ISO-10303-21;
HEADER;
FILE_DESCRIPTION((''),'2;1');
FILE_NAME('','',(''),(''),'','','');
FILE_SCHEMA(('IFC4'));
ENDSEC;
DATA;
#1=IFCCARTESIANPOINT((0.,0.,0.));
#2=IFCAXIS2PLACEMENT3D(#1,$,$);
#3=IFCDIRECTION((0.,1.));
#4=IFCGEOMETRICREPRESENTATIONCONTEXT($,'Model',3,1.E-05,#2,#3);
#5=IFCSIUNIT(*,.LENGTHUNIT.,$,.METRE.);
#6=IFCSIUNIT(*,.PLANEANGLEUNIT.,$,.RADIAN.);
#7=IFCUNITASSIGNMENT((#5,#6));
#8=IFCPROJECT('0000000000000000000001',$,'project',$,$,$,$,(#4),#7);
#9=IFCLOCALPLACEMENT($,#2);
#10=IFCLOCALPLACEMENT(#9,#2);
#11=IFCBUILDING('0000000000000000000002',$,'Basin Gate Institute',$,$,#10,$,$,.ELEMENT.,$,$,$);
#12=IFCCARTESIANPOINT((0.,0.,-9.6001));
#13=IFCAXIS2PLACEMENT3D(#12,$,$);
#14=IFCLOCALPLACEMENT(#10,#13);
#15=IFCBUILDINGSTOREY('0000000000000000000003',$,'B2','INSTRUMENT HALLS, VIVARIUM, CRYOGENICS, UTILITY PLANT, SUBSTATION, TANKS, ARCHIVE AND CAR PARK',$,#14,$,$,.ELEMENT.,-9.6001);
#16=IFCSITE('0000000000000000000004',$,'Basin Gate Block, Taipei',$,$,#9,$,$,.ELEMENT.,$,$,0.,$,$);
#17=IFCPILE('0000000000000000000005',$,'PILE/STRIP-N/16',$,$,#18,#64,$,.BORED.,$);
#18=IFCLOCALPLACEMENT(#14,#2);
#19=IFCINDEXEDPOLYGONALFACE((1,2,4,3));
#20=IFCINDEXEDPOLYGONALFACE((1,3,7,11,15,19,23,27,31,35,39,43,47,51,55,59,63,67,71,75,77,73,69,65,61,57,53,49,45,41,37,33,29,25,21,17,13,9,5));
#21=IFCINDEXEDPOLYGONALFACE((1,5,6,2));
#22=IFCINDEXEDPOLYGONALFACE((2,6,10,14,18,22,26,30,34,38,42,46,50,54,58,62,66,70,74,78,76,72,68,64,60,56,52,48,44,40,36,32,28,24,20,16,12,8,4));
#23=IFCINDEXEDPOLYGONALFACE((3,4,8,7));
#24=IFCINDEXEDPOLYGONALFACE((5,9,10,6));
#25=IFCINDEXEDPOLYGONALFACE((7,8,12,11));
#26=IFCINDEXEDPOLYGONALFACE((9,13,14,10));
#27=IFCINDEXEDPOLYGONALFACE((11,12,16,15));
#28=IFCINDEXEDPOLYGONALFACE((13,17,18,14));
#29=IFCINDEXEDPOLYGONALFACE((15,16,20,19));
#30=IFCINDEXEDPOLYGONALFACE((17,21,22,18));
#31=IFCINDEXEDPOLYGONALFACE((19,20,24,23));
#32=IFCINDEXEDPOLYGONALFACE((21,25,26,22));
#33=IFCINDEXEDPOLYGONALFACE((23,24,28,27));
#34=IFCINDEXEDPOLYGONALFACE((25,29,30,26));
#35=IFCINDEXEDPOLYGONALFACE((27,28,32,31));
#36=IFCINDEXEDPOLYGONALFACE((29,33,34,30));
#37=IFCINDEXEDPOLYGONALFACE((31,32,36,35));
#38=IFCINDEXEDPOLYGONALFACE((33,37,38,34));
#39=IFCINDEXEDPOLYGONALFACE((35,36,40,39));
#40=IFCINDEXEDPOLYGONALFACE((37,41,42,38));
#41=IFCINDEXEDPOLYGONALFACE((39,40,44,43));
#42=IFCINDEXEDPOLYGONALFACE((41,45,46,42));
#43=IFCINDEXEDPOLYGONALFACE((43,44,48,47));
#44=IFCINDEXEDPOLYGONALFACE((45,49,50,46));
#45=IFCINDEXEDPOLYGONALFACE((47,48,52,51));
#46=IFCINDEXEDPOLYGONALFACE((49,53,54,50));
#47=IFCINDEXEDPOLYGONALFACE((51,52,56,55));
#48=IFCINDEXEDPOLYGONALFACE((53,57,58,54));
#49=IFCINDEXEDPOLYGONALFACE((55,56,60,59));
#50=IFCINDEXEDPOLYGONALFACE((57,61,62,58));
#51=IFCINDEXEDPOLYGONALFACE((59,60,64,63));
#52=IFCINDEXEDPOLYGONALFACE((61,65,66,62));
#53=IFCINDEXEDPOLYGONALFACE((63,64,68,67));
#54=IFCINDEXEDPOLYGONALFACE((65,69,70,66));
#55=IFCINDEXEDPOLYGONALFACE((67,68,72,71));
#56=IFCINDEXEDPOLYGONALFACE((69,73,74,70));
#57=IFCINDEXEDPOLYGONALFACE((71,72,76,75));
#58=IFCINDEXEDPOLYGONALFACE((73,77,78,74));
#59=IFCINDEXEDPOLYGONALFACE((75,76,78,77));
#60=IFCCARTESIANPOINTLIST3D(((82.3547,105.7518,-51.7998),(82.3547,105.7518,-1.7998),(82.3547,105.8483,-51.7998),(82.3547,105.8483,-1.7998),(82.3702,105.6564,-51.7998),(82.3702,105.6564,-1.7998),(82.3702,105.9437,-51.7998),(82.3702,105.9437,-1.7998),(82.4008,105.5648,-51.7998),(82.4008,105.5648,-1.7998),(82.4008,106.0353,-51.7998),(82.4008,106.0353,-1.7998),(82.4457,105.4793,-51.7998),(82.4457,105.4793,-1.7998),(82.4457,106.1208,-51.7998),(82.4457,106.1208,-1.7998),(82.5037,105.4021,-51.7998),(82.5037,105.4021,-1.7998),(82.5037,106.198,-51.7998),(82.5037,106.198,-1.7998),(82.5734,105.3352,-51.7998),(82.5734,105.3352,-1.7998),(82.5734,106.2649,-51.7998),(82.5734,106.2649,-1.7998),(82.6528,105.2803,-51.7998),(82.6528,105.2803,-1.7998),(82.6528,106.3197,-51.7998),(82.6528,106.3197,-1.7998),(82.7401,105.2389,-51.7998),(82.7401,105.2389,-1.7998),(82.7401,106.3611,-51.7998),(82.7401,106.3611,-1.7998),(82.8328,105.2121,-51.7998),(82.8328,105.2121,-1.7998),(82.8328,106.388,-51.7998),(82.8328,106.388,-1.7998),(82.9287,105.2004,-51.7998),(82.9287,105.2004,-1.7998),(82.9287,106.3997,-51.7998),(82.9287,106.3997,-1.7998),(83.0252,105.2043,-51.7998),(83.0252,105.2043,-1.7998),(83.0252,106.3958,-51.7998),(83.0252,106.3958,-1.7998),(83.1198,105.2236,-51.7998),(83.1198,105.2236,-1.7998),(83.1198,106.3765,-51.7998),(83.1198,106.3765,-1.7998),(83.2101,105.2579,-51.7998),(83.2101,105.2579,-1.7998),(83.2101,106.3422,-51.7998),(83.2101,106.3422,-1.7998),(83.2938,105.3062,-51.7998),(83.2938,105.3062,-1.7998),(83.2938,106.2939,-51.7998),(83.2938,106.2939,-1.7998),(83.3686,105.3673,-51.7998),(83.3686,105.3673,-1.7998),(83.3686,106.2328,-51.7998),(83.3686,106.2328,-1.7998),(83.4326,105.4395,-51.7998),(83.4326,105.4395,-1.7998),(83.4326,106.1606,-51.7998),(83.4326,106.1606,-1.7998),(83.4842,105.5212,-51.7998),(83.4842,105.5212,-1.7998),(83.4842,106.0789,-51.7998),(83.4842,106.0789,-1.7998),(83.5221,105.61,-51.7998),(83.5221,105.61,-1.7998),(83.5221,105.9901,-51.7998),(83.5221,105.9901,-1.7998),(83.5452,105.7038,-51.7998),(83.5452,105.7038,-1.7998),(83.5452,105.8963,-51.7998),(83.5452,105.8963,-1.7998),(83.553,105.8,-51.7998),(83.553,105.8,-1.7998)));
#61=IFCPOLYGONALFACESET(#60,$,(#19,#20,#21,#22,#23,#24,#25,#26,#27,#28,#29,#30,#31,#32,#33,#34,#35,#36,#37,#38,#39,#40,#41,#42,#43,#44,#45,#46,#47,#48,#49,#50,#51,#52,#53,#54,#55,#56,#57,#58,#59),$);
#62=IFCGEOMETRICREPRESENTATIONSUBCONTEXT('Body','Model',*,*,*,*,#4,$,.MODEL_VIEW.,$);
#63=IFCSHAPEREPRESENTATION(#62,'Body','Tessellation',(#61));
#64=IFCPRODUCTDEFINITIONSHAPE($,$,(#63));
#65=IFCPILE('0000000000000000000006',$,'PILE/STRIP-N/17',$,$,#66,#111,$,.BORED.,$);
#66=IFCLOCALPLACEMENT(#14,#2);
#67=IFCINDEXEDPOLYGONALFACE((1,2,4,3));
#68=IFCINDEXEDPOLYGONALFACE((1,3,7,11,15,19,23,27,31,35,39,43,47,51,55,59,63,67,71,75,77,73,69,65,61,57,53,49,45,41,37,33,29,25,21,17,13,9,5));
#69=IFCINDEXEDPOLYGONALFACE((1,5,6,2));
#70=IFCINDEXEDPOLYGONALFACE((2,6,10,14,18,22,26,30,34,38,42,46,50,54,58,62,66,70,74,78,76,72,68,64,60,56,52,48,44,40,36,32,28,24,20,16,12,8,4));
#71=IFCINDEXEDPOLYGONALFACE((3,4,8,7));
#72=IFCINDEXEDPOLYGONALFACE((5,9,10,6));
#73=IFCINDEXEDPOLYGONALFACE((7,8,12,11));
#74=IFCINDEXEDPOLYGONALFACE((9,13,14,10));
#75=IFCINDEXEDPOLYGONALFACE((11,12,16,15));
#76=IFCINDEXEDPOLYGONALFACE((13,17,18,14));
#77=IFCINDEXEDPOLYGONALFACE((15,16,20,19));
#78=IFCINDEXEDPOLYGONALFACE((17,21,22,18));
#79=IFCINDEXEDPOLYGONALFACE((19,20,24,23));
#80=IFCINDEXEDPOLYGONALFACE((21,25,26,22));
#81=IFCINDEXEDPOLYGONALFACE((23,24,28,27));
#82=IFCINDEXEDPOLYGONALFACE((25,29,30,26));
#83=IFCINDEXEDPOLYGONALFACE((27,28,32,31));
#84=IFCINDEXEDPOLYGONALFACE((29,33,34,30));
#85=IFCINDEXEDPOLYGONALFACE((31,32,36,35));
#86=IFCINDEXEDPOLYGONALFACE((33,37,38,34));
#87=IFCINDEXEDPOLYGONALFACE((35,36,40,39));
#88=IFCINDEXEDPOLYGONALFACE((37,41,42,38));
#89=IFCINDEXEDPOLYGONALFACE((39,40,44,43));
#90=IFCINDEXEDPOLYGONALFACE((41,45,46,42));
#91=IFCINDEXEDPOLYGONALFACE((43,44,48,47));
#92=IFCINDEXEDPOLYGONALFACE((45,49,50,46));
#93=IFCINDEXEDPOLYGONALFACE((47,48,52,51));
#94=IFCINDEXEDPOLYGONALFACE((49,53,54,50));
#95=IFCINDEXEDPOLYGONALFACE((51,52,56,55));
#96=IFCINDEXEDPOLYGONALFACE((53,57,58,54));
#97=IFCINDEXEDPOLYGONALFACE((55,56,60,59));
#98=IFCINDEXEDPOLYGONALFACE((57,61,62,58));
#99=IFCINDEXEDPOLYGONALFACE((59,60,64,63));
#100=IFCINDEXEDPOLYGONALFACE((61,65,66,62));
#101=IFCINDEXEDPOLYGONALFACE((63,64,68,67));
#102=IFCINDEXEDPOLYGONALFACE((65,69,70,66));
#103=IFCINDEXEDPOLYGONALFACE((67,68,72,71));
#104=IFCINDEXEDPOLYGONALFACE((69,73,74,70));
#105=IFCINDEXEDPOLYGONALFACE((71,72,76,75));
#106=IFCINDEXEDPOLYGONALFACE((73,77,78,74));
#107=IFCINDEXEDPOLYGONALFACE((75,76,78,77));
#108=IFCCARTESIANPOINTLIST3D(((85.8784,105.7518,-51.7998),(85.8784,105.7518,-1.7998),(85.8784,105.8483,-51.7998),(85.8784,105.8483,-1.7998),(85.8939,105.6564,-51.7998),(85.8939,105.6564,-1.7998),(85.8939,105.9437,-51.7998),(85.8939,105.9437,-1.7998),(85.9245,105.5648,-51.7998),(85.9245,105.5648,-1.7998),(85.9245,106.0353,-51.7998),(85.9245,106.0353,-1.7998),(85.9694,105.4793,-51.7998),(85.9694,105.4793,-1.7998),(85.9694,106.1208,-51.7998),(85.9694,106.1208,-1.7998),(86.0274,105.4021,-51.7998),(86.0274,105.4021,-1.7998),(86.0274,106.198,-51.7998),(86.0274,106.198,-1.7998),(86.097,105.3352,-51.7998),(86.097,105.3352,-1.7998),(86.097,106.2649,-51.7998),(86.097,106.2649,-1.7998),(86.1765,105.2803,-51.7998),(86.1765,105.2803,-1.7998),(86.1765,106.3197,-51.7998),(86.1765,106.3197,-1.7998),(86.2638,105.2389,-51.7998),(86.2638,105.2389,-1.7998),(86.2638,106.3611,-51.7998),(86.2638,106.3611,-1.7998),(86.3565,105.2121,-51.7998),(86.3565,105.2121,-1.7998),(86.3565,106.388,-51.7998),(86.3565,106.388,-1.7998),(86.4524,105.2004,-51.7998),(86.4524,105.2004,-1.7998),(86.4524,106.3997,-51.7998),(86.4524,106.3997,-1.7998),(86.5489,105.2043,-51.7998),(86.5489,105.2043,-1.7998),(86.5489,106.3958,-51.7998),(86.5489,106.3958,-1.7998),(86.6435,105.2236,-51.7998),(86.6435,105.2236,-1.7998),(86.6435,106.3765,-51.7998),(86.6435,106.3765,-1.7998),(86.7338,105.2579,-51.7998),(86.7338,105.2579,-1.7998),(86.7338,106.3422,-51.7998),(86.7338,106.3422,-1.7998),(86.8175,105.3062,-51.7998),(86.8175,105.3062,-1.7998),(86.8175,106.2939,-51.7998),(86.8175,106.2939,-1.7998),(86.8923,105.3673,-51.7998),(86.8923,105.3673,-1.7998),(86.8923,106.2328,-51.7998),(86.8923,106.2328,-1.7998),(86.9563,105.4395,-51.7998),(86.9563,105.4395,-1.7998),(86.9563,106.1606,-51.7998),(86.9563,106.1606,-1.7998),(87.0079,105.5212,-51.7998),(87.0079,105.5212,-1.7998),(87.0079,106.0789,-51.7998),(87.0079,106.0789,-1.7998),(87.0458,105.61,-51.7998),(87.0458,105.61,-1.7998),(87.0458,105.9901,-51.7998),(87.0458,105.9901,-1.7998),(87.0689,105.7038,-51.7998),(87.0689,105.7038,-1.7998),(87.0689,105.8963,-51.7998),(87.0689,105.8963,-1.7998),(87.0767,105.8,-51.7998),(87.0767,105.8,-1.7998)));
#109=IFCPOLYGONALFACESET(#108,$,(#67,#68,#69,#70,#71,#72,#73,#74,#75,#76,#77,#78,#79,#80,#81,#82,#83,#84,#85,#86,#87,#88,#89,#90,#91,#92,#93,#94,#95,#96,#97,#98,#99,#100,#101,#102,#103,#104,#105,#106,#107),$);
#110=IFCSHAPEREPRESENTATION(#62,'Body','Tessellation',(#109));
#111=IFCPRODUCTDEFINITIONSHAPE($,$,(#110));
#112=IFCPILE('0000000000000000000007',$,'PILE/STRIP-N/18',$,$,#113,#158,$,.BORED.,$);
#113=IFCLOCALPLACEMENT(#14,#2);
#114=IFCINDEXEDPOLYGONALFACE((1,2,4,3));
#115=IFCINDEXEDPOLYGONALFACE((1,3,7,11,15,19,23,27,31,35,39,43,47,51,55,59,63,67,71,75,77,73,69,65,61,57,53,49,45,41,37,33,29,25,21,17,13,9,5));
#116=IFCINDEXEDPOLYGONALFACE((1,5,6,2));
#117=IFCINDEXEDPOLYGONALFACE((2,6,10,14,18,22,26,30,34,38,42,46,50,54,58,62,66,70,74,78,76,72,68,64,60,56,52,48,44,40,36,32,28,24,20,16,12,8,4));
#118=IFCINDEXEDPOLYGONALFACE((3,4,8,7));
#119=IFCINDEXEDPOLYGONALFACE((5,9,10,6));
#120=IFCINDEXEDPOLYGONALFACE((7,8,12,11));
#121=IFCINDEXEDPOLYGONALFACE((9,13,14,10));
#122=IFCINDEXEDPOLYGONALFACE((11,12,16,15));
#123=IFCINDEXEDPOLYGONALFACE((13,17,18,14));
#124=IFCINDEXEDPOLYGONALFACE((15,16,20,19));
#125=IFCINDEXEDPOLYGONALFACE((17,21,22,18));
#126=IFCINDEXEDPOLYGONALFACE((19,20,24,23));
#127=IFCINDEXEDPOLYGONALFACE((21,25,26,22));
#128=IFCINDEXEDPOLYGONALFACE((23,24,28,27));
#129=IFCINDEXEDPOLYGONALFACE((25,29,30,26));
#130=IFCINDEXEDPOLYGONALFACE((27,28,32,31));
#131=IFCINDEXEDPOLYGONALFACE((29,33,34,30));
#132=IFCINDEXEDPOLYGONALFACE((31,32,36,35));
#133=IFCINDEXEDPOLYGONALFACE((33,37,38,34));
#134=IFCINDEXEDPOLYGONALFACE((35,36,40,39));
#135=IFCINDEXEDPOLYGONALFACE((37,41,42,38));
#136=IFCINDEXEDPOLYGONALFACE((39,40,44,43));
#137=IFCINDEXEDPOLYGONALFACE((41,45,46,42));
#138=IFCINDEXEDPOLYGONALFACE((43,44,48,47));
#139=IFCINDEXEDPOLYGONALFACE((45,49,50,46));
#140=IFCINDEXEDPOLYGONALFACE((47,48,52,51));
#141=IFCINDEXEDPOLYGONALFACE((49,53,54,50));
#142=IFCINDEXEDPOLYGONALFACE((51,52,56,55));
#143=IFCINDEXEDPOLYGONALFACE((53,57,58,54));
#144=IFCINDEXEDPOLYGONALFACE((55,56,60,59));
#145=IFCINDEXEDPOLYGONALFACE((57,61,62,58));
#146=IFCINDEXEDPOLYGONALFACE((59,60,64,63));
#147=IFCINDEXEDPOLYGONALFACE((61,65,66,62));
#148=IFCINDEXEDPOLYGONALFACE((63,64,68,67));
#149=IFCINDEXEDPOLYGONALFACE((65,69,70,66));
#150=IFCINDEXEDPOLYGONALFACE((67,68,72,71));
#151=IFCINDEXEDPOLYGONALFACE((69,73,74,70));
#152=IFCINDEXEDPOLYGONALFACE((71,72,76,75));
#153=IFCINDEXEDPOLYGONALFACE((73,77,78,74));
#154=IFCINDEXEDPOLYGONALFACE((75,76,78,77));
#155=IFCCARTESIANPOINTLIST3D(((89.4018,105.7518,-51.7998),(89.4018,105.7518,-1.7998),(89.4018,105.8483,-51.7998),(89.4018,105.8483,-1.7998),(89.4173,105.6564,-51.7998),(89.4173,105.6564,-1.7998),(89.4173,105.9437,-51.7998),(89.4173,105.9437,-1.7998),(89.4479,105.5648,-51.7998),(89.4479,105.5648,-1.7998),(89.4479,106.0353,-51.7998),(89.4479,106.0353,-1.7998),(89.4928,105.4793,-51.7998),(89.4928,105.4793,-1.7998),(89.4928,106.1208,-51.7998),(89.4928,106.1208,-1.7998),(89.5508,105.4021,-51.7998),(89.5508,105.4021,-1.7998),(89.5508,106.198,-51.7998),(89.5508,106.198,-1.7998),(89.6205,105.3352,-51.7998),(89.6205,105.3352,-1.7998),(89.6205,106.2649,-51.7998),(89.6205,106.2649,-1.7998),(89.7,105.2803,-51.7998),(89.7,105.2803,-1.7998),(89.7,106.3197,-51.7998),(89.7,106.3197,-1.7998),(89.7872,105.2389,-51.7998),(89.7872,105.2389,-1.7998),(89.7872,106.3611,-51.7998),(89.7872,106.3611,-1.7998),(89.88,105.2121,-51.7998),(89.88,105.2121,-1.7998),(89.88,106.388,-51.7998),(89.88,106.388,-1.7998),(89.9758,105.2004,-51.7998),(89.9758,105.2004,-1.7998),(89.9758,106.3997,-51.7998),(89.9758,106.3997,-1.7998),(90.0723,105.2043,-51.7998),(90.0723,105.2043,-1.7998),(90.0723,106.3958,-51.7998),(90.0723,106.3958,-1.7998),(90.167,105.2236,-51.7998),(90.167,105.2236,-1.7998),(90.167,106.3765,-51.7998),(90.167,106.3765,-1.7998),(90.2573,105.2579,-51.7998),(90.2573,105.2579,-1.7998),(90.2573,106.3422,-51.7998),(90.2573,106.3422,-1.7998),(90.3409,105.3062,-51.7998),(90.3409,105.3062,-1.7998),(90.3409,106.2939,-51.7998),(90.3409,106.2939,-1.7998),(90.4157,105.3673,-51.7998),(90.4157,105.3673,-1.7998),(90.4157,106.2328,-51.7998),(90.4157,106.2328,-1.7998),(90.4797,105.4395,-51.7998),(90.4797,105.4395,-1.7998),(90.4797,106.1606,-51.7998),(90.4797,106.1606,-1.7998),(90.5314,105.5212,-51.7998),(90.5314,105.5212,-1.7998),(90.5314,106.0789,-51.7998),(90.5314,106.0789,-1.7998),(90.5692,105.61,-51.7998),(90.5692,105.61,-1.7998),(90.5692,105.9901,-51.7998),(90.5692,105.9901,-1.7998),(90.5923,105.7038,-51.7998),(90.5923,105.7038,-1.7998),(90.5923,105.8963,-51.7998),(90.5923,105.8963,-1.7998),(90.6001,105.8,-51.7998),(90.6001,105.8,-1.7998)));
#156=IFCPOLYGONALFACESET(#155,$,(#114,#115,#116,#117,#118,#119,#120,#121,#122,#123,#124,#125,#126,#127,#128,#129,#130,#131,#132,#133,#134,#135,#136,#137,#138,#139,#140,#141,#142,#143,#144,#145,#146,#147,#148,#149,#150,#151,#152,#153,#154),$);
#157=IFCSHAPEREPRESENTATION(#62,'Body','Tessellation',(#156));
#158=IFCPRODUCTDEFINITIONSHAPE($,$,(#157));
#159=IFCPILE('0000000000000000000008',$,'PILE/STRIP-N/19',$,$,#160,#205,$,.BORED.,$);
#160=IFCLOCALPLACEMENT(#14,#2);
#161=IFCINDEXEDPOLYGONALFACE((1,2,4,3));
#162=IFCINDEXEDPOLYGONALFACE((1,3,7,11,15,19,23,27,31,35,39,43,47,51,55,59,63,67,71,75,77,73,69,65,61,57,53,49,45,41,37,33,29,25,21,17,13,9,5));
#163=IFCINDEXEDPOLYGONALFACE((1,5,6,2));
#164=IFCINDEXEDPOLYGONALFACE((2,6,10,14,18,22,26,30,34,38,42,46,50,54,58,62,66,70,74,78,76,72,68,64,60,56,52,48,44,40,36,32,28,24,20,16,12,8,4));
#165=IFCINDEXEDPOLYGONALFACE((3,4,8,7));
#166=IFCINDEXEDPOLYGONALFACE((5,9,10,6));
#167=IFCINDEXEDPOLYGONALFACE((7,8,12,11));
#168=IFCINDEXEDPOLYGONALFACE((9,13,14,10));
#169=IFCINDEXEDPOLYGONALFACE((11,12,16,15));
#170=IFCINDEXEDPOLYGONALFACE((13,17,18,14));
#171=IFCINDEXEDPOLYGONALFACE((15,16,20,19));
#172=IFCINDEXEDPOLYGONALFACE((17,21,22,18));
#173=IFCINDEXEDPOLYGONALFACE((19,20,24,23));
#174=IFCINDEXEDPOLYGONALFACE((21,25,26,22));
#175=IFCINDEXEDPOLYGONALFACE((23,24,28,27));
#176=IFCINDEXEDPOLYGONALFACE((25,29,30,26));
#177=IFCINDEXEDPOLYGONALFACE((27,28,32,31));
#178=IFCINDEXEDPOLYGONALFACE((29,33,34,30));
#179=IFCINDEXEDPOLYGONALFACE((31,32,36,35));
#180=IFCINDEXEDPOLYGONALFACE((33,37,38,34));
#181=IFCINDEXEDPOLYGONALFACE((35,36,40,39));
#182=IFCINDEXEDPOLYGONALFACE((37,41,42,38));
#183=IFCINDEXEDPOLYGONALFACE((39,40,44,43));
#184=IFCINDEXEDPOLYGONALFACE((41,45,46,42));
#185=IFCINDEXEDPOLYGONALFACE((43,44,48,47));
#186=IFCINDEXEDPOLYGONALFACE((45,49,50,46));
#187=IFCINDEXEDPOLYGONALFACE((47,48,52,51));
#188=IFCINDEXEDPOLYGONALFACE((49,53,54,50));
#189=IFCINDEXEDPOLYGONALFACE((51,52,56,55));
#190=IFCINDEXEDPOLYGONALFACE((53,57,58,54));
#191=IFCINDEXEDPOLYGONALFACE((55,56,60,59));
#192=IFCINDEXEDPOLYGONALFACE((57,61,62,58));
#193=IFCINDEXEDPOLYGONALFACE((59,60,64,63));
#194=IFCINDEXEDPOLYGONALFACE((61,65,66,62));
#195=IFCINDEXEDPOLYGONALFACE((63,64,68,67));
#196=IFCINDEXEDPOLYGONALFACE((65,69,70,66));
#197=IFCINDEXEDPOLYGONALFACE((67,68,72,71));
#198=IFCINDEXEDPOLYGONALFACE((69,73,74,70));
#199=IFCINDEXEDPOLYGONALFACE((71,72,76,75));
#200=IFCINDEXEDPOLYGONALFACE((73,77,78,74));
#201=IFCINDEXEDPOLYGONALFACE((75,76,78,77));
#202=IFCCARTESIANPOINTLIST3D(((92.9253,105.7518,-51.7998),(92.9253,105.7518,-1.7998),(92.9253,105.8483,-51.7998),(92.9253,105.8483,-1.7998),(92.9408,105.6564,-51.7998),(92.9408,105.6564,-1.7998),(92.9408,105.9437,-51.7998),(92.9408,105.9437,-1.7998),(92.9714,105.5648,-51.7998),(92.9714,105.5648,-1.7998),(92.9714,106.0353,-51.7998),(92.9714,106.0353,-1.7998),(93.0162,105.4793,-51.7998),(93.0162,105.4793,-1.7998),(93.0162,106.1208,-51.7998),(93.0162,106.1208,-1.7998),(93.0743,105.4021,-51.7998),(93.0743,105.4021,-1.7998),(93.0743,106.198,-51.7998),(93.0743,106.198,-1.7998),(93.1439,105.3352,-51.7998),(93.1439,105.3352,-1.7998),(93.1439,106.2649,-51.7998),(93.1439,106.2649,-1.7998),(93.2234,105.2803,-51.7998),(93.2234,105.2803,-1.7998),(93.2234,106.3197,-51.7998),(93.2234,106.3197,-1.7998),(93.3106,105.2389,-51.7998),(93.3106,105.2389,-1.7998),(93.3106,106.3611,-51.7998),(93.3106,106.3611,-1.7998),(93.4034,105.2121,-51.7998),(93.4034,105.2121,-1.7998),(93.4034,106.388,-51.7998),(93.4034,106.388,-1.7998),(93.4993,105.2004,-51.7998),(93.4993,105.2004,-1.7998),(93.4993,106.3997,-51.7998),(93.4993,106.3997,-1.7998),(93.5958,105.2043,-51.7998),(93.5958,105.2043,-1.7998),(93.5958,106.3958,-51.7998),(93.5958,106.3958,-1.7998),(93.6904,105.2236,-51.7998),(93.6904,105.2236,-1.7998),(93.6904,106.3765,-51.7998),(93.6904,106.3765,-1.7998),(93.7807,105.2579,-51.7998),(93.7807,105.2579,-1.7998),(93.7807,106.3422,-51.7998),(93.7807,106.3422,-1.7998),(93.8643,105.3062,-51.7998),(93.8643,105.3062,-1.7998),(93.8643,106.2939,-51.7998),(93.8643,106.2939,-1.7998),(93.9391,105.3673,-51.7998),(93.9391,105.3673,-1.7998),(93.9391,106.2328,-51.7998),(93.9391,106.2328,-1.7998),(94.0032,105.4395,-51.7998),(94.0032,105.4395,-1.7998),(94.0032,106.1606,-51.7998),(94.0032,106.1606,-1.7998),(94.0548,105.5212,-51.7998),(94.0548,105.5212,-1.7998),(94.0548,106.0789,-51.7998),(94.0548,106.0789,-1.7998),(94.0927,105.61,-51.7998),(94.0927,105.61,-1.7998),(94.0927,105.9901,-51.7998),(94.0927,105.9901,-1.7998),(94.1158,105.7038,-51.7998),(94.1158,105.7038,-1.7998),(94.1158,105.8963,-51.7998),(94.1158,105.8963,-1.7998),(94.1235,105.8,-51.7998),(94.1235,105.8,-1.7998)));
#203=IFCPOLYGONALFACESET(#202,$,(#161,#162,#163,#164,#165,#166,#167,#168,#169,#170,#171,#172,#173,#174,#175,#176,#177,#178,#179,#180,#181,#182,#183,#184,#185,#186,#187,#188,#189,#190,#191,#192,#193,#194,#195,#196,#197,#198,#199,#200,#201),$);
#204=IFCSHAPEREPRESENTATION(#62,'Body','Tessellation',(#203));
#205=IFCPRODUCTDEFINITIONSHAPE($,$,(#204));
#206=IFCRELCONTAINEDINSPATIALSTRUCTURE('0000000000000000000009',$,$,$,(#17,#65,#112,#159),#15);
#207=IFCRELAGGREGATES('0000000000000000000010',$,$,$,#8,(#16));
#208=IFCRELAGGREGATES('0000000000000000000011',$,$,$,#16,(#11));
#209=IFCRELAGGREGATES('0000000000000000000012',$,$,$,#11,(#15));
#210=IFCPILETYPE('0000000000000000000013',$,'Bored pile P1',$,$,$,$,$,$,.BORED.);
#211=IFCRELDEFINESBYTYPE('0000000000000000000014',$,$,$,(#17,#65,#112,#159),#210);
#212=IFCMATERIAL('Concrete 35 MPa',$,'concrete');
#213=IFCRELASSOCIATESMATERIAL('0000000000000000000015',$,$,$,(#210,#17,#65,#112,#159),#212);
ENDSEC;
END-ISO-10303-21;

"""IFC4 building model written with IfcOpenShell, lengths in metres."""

from ifc_helpers import new_model, si_unit, direction, frame, origin, origin_2d, place, context, subcontext, project, spatial, circle, extrude, material, material_profile, profile_set, type_object, element, save


model = new_model("IFC4")

# Units and contexts
model_context = context("Model", 3, precision=1e-05, world=origin(), true_north=direction((0.0, 1.0)))
body_context = subcontext(model_context, "Body", "Model", "MODEL_VIEW")
ifc_project = project(units=[si_unit("LENGTHUNIT", "METRE"), si_unit("PLANEANGLEUNIT", "RADIAN")], contexts=[model_context])

# Site, building, storey
site_placement = place(None, origin())
site = spatial("IfcSite", under=ifc_project, at=site_placement, Name="Basin Gate Block, Taipei", CompositionType="ELEMENT", RefElevation=0.0)
building_placement = place(site_placement, origin())
building = spatial("IfcBuilding", under=site, at=building_placement, Name="Basin Gate Institute", CompositionType="ELEMENT")
storey_placement = place(building_placement, frame((0.0, 0.0, -9.6001)))
storey = spatial("IfcBuildingStorey", under=building, at=storey_placement, Name="B2", Description="INSTRUMENT HALLS, VIVARIUM, CRYOGENICS, UTILITY PLANT, SUBSTATION, TANKS, ARCHIVE AND CAR PARK", CompositionType="ELEMENT", Elevation=-9.6001)

# Piles
ifc_material_1 = material(Name="Concrete 35 MPa", Category="concrete")
ifc_material_profile_1 = material_profile(ifc_material_1, circle(Radius=0.6001, at=origin_2d()), Name="Bored pile P1 1200 dia")
ifc_profile_set_1 = profile_set([ifc_material_profile_1], Name="Concrete 35 MPa")
pile_type = type_object("IfcPileType", Name="Bored pile P1", PredefinedType="BORED", material=ifc_profile_set_1)
for number, where, z_axis, x_axis, name in (
    (1, (82.9529, 105.8, -1.7998), (0.0, 0.0, -1.0), (1.0, 0.0, 0.0), "PILE/STRIP-N/16"),
    (2, (86.4766, 105.8, -1.7998), (0.0, 0.0, -1.0), (1.0, 0.0, 0.0), "PILE/STRIP-N/17"),
    (3, (90.0, 105.8, -1.7998), (0.0, 0.0, -1.0), (1.0, 0.0, 0.0), "PILE/STRIP-N/18"),
    (4, (93.5234, 105.8, -1.7998), (0.0, 0.0, -1.0), (1.0, 0.0, 0.0), "PILE/STRIP-N/19"),
):
    element("IfcPile", number, at=place(storey_placement, frame(where, z_axis=z_axis, x_axis=x_axis)), inside=storey, type_object=pile_type, material=ifc_profile_set_1, Name=name, PredefinedType="BORED", context=body_context, shape_type="SweptSolid", body=[
        extrude(circle(Radius=0.6001, at=origin_2d()), origin(), (0.0, 0.0, 1.0), 50.0),
    ])

save(model, "model.ifc")
